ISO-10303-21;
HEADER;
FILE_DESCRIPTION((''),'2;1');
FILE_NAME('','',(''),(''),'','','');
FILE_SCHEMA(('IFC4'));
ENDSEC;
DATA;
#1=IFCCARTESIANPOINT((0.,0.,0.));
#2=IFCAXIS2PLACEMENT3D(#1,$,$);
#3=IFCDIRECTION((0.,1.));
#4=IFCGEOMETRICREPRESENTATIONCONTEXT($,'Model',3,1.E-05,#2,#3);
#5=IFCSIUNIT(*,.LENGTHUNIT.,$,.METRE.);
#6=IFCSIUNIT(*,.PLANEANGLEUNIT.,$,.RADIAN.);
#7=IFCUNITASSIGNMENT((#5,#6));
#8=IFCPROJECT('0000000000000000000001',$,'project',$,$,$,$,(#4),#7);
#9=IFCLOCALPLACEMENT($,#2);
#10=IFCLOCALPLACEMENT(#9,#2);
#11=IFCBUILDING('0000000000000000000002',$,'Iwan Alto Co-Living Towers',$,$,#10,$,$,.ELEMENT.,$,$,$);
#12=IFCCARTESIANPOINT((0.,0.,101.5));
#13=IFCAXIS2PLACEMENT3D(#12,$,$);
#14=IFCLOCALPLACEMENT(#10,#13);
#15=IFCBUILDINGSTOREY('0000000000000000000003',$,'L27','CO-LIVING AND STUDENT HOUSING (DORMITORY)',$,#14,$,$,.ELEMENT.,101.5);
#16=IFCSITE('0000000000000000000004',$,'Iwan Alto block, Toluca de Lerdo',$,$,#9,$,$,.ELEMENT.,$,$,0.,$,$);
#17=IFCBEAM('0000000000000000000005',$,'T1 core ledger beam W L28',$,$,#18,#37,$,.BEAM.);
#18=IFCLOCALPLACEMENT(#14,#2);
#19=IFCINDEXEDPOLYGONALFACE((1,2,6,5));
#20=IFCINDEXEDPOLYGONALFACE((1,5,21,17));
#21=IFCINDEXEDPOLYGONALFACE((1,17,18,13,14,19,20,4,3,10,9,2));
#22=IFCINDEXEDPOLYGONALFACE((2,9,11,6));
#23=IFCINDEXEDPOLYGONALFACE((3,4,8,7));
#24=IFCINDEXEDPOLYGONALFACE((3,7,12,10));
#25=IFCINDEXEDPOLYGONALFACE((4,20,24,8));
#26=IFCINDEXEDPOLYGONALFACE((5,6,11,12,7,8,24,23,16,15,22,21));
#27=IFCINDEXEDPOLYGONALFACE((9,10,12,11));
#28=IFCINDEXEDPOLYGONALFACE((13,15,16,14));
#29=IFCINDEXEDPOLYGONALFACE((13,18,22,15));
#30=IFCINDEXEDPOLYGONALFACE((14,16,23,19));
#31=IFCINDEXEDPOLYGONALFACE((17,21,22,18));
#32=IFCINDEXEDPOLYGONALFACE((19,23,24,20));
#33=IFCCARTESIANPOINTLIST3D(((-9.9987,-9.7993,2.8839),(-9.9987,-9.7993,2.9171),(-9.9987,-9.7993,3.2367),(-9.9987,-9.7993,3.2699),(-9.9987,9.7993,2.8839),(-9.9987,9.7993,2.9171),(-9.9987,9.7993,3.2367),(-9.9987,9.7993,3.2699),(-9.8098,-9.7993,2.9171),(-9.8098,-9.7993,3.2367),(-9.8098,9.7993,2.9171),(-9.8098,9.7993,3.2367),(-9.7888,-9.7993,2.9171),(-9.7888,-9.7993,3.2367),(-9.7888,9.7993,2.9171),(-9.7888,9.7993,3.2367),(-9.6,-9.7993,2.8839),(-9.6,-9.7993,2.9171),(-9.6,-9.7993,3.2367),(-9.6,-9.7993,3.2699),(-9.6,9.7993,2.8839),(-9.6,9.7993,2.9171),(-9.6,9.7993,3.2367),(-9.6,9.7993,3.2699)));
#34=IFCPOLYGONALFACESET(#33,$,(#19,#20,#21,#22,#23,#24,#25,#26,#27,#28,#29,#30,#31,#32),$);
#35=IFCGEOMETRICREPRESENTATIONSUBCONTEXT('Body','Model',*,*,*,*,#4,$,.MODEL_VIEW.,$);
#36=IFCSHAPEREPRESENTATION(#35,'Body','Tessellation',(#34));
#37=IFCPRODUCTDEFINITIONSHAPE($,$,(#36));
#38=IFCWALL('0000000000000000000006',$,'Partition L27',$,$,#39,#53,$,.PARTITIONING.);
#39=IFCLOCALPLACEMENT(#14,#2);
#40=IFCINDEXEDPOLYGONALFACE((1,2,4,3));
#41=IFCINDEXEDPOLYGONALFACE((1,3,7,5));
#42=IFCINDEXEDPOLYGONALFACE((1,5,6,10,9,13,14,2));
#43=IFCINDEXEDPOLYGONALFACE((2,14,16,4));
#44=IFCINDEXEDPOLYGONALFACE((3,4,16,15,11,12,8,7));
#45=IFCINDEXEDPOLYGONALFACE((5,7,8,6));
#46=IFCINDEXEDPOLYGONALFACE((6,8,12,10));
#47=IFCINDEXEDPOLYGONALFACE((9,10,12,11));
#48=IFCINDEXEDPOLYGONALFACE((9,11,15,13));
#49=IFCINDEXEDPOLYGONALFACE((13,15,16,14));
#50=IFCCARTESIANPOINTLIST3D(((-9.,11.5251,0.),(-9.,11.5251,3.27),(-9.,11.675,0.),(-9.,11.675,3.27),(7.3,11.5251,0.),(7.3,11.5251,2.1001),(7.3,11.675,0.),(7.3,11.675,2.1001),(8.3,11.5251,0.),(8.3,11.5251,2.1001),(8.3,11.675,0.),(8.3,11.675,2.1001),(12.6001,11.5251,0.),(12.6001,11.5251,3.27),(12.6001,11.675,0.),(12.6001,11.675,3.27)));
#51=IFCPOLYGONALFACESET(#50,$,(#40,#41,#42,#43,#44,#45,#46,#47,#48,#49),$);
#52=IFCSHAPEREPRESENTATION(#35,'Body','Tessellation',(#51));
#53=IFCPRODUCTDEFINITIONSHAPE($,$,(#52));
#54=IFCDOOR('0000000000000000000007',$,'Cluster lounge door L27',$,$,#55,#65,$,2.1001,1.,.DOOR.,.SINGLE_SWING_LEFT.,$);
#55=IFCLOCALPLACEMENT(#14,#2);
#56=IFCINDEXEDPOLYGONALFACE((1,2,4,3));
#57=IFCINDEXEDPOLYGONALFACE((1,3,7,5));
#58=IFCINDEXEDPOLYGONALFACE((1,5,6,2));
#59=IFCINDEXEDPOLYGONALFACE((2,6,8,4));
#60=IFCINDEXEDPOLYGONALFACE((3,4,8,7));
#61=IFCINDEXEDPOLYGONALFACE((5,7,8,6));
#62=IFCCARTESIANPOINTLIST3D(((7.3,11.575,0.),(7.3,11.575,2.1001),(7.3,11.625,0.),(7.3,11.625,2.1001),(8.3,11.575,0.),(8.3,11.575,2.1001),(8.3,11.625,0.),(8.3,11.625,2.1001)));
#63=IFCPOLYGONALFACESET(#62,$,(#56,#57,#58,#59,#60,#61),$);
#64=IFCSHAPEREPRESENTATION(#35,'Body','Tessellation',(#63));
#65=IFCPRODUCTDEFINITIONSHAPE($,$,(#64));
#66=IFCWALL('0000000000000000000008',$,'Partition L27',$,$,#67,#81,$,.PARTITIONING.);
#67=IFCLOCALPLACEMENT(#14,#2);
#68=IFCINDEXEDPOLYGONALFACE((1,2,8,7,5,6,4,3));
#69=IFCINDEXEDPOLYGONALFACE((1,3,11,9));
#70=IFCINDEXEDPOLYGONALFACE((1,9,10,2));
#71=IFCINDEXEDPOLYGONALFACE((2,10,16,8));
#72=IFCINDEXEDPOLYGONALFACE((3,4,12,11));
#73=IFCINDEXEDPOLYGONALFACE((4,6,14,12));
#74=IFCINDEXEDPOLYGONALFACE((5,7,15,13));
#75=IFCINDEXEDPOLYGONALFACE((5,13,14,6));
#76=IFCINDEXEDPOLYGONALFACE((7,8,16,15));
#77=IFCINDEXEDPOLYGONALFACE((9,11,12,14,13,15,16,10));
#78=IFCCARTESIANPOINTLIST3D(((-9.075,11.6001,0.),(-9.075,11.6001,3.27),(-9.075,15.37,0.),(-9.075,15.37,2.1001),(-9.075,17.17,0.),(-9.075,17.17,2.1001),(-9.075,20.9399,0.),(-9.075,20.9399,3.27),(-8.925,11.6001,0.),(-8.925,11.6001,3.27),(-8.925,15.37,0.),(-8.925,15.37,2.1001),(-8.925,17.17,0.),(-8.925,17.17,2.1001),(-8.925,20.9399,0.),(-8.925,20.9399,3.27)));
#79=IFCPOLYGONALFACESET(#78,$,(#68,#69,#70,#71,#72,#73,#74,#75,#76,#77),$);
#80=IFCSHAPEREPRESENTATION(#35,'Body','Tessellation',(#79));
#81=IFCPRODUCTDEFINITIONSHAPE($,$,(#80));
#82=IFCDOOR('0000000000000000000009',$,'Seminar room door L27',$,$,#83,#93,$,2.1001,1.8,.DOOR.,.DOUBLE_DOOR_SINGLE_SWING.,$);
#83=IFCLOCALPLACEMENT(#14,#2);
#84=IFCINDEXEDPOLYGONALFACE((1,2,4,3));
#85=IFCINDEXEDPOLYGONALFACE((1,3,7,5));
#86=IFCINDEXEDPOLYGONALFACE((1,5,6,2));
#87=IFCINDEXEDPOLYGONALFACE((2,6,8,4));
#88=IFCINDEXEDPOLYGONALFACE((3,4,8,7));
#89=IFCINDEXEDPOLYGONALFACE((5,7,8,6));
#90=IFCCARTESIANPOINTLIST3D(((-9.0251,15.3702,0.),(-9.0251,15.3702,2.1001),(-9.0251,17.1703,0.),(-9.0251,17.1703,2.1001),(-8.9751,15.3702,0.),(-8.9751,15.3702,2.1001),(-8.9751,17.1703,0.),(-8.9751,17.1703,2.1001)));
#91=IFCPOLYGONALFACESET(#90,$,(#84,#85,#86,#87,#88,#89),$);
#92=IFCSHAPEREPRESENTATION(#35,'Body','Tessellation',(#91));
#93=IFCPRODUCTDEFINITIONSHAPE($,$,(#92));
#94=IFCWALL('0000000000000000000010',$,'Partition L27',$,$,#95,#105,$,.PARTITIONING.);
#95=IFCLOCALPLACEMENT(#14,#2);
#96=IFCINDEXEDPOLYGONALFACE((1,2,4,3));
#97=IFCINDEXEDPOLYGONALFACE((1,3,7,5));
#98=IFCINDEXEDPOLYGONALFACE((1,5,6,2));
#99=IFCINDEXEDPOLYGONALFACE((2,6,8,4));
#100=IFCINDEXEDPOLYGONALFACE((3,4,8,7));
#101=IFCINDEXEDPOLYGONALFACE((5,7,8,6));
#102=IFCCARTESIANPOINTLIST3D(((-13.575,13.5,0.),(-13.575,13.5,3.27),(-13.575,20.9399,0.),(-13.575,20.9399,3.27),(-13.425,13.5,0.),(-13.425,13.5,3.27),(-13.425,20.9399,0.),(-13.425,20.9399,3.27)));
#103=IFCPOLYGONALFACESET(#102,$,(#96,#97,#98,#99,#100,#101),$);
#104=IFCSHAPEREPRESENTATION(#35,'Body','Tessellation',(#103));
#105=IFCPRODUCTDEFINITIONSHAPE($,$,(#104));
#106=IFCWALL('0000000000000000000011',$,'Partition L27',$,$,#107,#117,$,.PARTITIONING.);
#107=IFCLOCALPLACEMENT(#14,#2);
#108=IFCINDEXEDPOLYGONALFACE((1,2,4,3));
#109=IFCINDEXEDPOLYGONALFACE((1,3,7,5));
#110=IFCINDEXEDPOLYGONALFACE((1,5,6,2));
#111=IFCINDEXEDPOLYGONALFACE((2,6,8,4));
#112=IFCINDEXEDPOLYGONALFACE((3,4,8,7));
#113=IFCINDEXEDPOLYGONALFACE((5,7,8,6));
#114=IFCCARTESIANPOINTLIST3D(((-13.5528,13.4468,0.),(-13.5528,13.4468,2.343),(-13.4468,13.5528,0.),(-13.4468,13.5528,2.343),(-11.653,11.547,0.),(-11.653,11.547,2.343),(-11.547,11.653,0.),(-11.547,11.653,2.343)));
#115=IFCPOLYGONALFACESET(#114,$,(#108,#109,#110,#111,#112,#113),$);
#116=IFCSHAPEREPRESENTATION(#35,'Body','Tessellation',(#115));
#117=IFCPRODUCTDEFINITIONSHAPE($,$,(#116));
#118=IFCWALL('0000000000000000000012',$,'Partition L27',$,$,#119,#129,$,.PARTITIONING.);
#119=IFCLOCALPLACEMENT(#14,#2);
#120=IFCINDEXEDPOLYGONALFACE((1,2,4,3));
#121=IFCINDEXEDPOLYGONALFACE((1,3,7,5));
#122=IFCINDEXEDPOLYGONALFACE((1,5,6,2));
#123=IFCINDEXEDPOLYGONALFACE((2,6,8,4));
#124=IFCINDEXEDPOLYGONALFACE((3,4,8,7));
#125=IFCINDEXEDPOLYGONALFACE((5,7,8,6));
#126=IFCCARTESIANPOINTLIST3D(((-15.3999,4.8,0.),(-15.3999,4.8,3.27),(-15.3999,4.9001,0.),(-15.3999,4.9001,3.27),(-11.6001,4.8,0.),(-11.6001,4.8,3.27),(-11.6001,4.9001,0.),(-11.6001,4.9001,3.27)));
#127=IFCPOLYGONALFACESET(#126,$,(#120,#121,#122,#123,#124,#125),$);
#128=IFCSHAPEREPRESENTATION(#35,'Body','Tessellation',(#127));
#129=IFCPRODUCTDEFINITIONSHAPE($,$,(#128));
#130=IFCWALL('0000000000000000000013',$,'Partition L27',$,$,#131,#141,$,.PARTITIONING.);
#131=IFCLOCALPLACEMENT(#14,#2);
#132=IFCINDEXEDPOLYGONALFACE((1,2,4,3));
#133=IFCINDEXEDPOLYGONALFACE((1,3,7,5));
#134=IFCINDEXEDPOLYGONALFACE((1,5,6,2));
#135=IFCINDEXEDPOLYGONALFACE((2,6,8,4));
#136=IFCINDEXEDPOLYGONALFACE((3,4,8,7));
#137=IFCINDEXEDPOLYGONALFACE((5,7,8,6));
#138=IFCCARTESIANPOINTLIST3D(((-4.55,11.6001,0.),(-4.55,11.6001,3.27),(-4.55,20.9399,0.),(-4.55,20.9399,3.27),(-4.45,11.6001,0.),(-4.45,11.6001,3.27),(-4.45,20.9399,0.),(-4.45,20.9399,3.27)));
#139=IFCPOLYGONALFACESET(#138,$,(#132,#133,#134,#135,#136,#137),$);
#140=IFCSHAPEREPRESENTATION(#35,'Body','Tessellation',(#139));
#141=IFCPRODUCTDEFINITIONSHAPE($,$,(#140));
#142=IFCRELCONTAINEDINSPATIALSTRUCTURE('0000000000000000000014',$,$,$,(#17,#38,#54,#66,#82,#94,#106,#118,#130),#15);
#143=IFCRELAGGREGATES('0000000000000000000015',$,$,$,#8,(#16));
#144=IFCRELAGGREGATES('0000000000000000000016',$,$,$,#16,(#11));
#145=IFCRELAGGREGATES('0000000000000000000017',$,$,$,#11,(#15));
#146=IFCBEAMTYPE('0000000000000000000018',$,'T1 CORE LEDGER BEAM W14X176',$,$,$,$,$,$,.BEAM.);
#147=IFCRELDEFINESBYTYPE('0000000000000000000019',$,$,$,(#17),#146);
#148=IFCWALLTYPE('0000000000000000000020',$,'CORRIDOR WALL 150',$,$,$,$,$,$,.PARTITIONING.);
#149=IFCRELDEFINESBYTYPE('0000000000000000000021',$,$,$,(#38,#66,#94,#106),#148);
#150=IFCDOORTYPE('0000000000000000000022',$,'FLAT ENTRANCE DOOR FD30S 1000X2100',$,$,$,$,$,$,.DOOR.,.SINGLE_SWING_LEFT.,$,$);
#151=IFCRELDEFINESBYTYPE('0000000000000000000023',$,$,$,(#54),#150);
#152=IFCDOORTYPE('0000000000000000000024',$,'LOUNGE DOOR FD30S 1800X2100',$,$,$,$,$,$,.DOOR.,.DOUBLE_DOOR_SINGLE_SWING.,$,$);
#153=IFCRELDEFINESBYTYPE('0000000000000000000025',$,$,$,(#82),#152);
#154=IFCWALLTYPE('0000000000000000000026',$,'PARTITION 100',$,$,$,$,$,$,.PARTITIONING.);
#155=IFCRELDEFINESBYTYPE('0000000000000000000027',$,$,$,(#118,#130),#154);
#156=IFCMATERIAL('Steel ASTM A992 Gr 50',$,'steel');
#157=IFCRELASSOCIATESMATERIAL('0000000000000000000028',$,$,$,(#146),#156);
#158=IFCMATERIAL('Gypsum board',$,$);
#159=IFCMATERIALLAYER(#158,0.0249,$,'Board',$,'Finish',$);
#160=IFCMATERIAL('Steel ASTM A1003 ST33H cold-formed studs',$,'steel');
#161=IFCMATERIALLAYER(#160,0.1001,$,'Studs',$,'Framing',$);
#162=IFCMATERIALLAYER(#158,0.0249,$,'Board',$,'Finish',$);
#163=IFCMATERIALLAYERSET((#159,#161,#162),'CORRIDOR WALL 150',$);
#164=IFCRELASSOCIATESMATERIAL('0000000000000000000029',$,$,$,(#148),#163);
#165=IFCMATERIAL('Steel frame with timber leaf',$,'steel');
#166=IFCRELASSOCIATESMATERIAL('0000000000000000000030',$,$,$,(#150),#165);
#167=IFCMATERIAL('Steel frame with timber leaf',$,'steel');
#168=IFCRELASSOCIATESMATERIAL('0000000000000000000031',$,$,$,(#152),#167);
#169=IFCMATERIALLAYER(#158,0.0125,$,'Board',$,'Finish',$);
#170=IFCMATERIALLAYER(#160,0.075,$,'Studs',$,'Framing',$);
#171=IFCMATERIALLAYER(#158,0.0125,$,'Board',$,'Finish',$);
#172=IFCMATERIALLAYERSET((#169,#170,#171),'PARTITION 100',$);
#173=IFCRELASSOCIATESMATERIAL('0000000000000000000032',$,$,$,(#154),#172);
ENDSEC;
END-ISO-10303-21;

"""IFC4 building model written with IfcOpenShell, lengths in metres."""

from ifc_helpers import new_model, si_unit, direction, frame, frame_2d, origin, origin_2d, place, context, subcontext, project, spatial, rectangle, i_section, extrude, material, layer, layer_set, material_profile, profile_set, type_object, element, fill, save


model = new_model("IFC4")

# Units and contexts
model_context = context("Model", 3, precision=1e-05, world=origin(), true_north=direction((0.0, 1.0)))
body_context = subcontext(model_context, "Body", "Model", "MODEL_VIEW")
ifc_project = project(units=[si_unit("LENGTHUNIT", "METRE"), si_unit("PLANEANGLEUNIT", "RADIAN")], contexts=[model_context])

# Site, building, storey
site_placement = place(None, origin())
site = spatial("IfcSite", under=ifc_project, at=site_placement, Name="Iwan Alto block, Toluca de Lerdo", CompositionType="ELEMENT", RefElevation=0.0)
building_placement = place(site_placement, origin())
building = spatial("IfcBuilding", under=site, at=building_placement, Name="Iwan Alto Co-Living Towers", CompositionType="ELEMENT")
storey_placement = place(building_placement, frame((0.0, 0.0, 101.5)))
storey = spatial("IfcBuildingStorey", under=building, at=storey_placement, Name="L27", Description="CO-LIVING AND STUDENT HOUSING (DORMITORY)", CompositionType="ELEMENT", Elevation=101.5)

# Beam
ifc_material_1 = material(Name="Steel ASTM A992 Gr 50", Category="steel")
ifc_material_profile = material_profile(ifc_material_1, i_section(OverallWidth=0.3987, OverallDepth=0.386, WebThickness=0.021, FlangeThickness=0.0332, at=origin_2d()), Name="W14X176")
ifc_profile_set = profile_set([ifc_material_profile], Name="Steel ASTM A992 Gr 50")
beam_type = type_object("IfcBeamType", Name="T1 CORE LEDGER BEAM W14X176", PredefinedType="BEAM", material=ifc_profile_set)
beam_placement = place(storey_placement, frame((-9.7993, 9.7993, 3.0769), z_axis=(0.0, -1.0, 0.0), x_axis=(1.0, 0.0, 0.0)))
element("IfcBeam", 1, at=beam_placement, inside=storey, type_object=beam_type, Name="T1 core ledger beam W L28", PredefinedType="BEAM", context=body_context, shape_type="SweptSolid", body=[
    extrude(i_section(OverallWidth=0.3987, OverallDepth=0.386, WebThickness=0.021, FlangeThickness=0.0332, at=origin_2d()), origin(), (0.0, 0.0, 1.0), 19.5986),
])

# Walls, openings, doors
ifc_material_2 = material(Name="Gypsum board")
ifc_layer_1 = layer(ifc_material_2, 0.0249, Name="Board", Category="Finish")
ifc_material_3 = material(Name="Steel ASTM A1003 ST33H cold-formed studs", Category="steel")
ifc_layer_2 = layer(ifc_material_3, 0.1001, Name="Studs", Category="Framing")
ifc_layer_3 = layer(ifc_material_2, 0.0249, Name="Board", Category="Finish")
ifc_layer_set_1 = layer_set([ifc_layer_1, ifc_layer_2, ifc_layer_3], Name="CORRIDOR WALL 150")
wall_type_1 = type_object("IfcWallType", Name="CORRIDOR WALL 150", PredefinedType="PARTITIONING", material=ifc_layer_set_1)
wall_1_placement = place(storey_placement, frame((-9.0, 11.6001, 0.0), z_axis=(0.0, 0.0, 1.0), x_axis=(1.0, 0.0, 0.0)))
wall_1 = element("IfcWall", 2, at=wall_1_placement, inside=storey, type_object=wall_type_1, Name="Partition L27", PredefinedType="PARTITIONING", context=body_context, shape_type="SweptSolid", body=[
    extrude(rectangle(XDim=21.6001, YDim=0.1499, at=frame_2d((10.8, 0.0))), origin(), (0.0, 0.0, 1.0), 3.27),
])
opening_1_placement = place(wall_1_placement, frame((16.3, 0.0, 0.0)))
opening_1 = element("IfcOpeningElement", 3, at=opening_1_placement, cuts=wall_1, PredefinedType="OPENING", context=body_context, shape_type="SweptSolid", body=[
    extrude(rectangle(XDim=1.0, YDim=2.1001, at=frame_2d((0.5, 1.05))), frame((0.0, 0.085, 0.0), z_axis=(0.0, -1.0, 0.0), x_axis=(1.0, 0.0, 0.0)), (0.0, 0.0, 1.0), 0.1699),
])
ifc_material_4 = material(Name="Steel frame with timber leaf", Category="steel")
door_type_1 = type_object("IfcDoorType", Name="FLAT ENTRANCE DOOR FD30S 1000X2100", OperationType="SINGLE_SWING_LEFT", PredefinedType="DOOR", material=ifc_material_4)
door_1_placement = place(opening_1_placement, origin())
door_1 = element("IfcDoor", 4, at=door_1_placement, inside=storey, type_object=door_type_1, Name="Cluster lounge door L27", OperationType="SINGLE_SWING_LEFT", OverallHeight=2.1001, OverallWidth=1.0, PredefinedType="DOOR", context=body_context, shape_type="SweptSolid", body=[
    extrude(rectangle(XDim=1.0, YDim=2.1001, at=frame_2d((0.5, 1.05))), frame((0.0, 0.0249, 0.0), z_axis=(0.0, -1.0, 0.0), x_axis=(1.0, 0.0, 0.0)), (0.0, 0.0, 1.0), 0.05),
])
fill(opening_1, door_1)
wall_2_placement = place(storey_placement, frame((-9.0, 11.6001, 0.0), z_axis=(0.0, 0.0, 1.0), x_axis=(0.0, 1.0, 0.0)))
wall_2 = element("IfcWall", 5, at=wall_2_placement, inside=storey, type_object=wall_type_1, Name="Partition L27", PredefinedType="PARTITIONING", context=body_context, shape_type="SweptSolid", body=[
    extrude(rectangle(XDim=9.3398, YDim=0.1499, at=frame_2d((4.6699, 0.0))), origin(), (0.0, 0.0, 1.0), 3.27),
])
opening_2_placement = place(wall_2_placement, frame((3.77, 0.0, 0.0)))
opening_2 = element("IfcOpeningElement", 6, at=opening_2_placement, cuts=wall_2, PredefinedType="OPENING", context=body_context, shape_type="SweptSolid", body=[
    extrude(rectangle(XDim=1.8, YDim=2.1001, at=frame_2d((0.8999, 1.05))), frame((0.0, 0.085, 0.0), z_axis=(0.0, -1.0, 0.0), x_axis=(1.0, 0.0, 0.0)), (0.0, 0.0, 1.0), 0.1699),
])
ifc_material_5 = material(Name="Steel frame with timber leaf", Category="steel")
door_type_2 = type_object("IfcDoorType", Name="LOUNGE DOOR FD30S 1800X2100", OperationType="DOUBLE_DOOR_SINGLE_SWING", PredefinedType="DOOR", material=ifc_material_5)
door_2_placement = place(opening_2_placement, frame((1.8, 0.0, 0.0), z_axis=(0.0, 0.0, 1.0), x_axis=(-1.0, 0.0, 0.0)))
door_2 = element("IfcDoor", 7, at=door_2_placement, inside=storey, type_object=door_type_2, Name="Seminar room door L27", OperationType="DOUBLE_DOOR_SINGLE_SWING", OverallHeight=2.1001, OverallWidth=1.8, PredefinedType="DOOR", context=body_context, shape_type="SweptSolid", body=[
    extrude(rectangle(XDim=1.8, YDim=2.1001, at=frame_2d((0.8999, 1.05))), frame((0.0, 0.0249, 0.0), z_axis=(0.0, -1.0, 0.0), x_axis=(1.0, 0.0, 0.0)), (0.0, 0.0, 1.0), 0.05),
])
fill(opening_2, door_2)

# Walls
wall_3_placement = place(storey_placement, frame((-13.5, 13.5, 0.0), z_axis=(0.0, 0.0, 1.0), x_axis=(0.0, 1.0, 0.0)))
element("IfcWall", 8, at=wall_3_placement, inside=storey, type_object=wall_type_1, Name="Partition L27", PredefinedType="PARTITIONING", context=body_context, shape_type="SweptSolid", body=[
    extrude(rectangle(XDim=7.4399, YDim=0.1499, at=frame_2d((3.72, 0.0))), origin(), (0.0, 0.0, 1.0), 3.27),
])
wall_4_placement = place(storey_placement, frame((-11.6001, 11.6001, 0.0), z_axis=(0.0, 0.0, 1.0), x_axis=(-0.707107, 0.707107, 0.0)))
element("IfcWall", 9, at=wall_4_placement, inside=storey, type_object=wall_type_1, Name="Partition L27", PredefinedType="PARTITIONING", context=body_context, shape_type="SweptSolid", body=[
    extrude(rectangle(XDim=2.6868, YDim=0.1499, at=frame_2d((1.3433, 0.0))), origin(), (0.0, 0.0, 1.0), 2.343),
])
ifc_layer_4 = layer(ifc_material_2, 0.0125, Name="Board", Category="Finish")
ifc_layer_5 = layer(ifc_material_3, 0.075, Name="Studs", Category="Framing")
ifc_layer_6 = layer(ifc_material_2, 0.0125, Name="Board", Category="Finish")
ifc_layer_set_2 = layer_set([ifc_layer_4, ifc_layer_5, ifc_layer_6], Name="PARTITION 100")
wall_type_2 = type_object("IfcWallType", Name="PARTITION 100", PredefinedType="PARTITIONING", material=ifc_layer_set_2)
wall_5_placement = place(storey_placement, frame((-15.3999, 4.8501, 0.0), z_axis=(0.0, 0.0, 1.0), x_axis=(1.0, 0.0, 0.0)))
element("IfcWall", 10, at=wall_5_placement, inside=storey, type_object=wall_type_2, Name="Partition L27", PredefinedType="PARTITIONING", context=body_context, shape_type="SweptSolid", body=[
    extrude(rectangle(XDim=3.7998, YDim=0.1001, at=frame_2d((1.8999, 0.0))), origin(), (0.0, 0.0, 1.0), 3.27),
])
wall_6_placement = place(storey_placement, frame((-4.5, 11.6001, 0.0), z_axis=(0.0, 0.0, 1.0), x_axis=(0.0, 1.0, 0.0)))
element("IfcWall", 11, at=wall_6_placement, inside=storey, type_object=wall_type_2, Name="Partition L27", PredefinedType="PARTITIONING", context=body_context, shape_type="SweptSolid", body=[
    extrude(rectangle(XDim=9.3398, YDim=0.1001, at=frame_2d((4.6699, 0.0))), origin(), (0.0, 0.0, 1.0), 3.27),
])

save(model, "model.ifc")
